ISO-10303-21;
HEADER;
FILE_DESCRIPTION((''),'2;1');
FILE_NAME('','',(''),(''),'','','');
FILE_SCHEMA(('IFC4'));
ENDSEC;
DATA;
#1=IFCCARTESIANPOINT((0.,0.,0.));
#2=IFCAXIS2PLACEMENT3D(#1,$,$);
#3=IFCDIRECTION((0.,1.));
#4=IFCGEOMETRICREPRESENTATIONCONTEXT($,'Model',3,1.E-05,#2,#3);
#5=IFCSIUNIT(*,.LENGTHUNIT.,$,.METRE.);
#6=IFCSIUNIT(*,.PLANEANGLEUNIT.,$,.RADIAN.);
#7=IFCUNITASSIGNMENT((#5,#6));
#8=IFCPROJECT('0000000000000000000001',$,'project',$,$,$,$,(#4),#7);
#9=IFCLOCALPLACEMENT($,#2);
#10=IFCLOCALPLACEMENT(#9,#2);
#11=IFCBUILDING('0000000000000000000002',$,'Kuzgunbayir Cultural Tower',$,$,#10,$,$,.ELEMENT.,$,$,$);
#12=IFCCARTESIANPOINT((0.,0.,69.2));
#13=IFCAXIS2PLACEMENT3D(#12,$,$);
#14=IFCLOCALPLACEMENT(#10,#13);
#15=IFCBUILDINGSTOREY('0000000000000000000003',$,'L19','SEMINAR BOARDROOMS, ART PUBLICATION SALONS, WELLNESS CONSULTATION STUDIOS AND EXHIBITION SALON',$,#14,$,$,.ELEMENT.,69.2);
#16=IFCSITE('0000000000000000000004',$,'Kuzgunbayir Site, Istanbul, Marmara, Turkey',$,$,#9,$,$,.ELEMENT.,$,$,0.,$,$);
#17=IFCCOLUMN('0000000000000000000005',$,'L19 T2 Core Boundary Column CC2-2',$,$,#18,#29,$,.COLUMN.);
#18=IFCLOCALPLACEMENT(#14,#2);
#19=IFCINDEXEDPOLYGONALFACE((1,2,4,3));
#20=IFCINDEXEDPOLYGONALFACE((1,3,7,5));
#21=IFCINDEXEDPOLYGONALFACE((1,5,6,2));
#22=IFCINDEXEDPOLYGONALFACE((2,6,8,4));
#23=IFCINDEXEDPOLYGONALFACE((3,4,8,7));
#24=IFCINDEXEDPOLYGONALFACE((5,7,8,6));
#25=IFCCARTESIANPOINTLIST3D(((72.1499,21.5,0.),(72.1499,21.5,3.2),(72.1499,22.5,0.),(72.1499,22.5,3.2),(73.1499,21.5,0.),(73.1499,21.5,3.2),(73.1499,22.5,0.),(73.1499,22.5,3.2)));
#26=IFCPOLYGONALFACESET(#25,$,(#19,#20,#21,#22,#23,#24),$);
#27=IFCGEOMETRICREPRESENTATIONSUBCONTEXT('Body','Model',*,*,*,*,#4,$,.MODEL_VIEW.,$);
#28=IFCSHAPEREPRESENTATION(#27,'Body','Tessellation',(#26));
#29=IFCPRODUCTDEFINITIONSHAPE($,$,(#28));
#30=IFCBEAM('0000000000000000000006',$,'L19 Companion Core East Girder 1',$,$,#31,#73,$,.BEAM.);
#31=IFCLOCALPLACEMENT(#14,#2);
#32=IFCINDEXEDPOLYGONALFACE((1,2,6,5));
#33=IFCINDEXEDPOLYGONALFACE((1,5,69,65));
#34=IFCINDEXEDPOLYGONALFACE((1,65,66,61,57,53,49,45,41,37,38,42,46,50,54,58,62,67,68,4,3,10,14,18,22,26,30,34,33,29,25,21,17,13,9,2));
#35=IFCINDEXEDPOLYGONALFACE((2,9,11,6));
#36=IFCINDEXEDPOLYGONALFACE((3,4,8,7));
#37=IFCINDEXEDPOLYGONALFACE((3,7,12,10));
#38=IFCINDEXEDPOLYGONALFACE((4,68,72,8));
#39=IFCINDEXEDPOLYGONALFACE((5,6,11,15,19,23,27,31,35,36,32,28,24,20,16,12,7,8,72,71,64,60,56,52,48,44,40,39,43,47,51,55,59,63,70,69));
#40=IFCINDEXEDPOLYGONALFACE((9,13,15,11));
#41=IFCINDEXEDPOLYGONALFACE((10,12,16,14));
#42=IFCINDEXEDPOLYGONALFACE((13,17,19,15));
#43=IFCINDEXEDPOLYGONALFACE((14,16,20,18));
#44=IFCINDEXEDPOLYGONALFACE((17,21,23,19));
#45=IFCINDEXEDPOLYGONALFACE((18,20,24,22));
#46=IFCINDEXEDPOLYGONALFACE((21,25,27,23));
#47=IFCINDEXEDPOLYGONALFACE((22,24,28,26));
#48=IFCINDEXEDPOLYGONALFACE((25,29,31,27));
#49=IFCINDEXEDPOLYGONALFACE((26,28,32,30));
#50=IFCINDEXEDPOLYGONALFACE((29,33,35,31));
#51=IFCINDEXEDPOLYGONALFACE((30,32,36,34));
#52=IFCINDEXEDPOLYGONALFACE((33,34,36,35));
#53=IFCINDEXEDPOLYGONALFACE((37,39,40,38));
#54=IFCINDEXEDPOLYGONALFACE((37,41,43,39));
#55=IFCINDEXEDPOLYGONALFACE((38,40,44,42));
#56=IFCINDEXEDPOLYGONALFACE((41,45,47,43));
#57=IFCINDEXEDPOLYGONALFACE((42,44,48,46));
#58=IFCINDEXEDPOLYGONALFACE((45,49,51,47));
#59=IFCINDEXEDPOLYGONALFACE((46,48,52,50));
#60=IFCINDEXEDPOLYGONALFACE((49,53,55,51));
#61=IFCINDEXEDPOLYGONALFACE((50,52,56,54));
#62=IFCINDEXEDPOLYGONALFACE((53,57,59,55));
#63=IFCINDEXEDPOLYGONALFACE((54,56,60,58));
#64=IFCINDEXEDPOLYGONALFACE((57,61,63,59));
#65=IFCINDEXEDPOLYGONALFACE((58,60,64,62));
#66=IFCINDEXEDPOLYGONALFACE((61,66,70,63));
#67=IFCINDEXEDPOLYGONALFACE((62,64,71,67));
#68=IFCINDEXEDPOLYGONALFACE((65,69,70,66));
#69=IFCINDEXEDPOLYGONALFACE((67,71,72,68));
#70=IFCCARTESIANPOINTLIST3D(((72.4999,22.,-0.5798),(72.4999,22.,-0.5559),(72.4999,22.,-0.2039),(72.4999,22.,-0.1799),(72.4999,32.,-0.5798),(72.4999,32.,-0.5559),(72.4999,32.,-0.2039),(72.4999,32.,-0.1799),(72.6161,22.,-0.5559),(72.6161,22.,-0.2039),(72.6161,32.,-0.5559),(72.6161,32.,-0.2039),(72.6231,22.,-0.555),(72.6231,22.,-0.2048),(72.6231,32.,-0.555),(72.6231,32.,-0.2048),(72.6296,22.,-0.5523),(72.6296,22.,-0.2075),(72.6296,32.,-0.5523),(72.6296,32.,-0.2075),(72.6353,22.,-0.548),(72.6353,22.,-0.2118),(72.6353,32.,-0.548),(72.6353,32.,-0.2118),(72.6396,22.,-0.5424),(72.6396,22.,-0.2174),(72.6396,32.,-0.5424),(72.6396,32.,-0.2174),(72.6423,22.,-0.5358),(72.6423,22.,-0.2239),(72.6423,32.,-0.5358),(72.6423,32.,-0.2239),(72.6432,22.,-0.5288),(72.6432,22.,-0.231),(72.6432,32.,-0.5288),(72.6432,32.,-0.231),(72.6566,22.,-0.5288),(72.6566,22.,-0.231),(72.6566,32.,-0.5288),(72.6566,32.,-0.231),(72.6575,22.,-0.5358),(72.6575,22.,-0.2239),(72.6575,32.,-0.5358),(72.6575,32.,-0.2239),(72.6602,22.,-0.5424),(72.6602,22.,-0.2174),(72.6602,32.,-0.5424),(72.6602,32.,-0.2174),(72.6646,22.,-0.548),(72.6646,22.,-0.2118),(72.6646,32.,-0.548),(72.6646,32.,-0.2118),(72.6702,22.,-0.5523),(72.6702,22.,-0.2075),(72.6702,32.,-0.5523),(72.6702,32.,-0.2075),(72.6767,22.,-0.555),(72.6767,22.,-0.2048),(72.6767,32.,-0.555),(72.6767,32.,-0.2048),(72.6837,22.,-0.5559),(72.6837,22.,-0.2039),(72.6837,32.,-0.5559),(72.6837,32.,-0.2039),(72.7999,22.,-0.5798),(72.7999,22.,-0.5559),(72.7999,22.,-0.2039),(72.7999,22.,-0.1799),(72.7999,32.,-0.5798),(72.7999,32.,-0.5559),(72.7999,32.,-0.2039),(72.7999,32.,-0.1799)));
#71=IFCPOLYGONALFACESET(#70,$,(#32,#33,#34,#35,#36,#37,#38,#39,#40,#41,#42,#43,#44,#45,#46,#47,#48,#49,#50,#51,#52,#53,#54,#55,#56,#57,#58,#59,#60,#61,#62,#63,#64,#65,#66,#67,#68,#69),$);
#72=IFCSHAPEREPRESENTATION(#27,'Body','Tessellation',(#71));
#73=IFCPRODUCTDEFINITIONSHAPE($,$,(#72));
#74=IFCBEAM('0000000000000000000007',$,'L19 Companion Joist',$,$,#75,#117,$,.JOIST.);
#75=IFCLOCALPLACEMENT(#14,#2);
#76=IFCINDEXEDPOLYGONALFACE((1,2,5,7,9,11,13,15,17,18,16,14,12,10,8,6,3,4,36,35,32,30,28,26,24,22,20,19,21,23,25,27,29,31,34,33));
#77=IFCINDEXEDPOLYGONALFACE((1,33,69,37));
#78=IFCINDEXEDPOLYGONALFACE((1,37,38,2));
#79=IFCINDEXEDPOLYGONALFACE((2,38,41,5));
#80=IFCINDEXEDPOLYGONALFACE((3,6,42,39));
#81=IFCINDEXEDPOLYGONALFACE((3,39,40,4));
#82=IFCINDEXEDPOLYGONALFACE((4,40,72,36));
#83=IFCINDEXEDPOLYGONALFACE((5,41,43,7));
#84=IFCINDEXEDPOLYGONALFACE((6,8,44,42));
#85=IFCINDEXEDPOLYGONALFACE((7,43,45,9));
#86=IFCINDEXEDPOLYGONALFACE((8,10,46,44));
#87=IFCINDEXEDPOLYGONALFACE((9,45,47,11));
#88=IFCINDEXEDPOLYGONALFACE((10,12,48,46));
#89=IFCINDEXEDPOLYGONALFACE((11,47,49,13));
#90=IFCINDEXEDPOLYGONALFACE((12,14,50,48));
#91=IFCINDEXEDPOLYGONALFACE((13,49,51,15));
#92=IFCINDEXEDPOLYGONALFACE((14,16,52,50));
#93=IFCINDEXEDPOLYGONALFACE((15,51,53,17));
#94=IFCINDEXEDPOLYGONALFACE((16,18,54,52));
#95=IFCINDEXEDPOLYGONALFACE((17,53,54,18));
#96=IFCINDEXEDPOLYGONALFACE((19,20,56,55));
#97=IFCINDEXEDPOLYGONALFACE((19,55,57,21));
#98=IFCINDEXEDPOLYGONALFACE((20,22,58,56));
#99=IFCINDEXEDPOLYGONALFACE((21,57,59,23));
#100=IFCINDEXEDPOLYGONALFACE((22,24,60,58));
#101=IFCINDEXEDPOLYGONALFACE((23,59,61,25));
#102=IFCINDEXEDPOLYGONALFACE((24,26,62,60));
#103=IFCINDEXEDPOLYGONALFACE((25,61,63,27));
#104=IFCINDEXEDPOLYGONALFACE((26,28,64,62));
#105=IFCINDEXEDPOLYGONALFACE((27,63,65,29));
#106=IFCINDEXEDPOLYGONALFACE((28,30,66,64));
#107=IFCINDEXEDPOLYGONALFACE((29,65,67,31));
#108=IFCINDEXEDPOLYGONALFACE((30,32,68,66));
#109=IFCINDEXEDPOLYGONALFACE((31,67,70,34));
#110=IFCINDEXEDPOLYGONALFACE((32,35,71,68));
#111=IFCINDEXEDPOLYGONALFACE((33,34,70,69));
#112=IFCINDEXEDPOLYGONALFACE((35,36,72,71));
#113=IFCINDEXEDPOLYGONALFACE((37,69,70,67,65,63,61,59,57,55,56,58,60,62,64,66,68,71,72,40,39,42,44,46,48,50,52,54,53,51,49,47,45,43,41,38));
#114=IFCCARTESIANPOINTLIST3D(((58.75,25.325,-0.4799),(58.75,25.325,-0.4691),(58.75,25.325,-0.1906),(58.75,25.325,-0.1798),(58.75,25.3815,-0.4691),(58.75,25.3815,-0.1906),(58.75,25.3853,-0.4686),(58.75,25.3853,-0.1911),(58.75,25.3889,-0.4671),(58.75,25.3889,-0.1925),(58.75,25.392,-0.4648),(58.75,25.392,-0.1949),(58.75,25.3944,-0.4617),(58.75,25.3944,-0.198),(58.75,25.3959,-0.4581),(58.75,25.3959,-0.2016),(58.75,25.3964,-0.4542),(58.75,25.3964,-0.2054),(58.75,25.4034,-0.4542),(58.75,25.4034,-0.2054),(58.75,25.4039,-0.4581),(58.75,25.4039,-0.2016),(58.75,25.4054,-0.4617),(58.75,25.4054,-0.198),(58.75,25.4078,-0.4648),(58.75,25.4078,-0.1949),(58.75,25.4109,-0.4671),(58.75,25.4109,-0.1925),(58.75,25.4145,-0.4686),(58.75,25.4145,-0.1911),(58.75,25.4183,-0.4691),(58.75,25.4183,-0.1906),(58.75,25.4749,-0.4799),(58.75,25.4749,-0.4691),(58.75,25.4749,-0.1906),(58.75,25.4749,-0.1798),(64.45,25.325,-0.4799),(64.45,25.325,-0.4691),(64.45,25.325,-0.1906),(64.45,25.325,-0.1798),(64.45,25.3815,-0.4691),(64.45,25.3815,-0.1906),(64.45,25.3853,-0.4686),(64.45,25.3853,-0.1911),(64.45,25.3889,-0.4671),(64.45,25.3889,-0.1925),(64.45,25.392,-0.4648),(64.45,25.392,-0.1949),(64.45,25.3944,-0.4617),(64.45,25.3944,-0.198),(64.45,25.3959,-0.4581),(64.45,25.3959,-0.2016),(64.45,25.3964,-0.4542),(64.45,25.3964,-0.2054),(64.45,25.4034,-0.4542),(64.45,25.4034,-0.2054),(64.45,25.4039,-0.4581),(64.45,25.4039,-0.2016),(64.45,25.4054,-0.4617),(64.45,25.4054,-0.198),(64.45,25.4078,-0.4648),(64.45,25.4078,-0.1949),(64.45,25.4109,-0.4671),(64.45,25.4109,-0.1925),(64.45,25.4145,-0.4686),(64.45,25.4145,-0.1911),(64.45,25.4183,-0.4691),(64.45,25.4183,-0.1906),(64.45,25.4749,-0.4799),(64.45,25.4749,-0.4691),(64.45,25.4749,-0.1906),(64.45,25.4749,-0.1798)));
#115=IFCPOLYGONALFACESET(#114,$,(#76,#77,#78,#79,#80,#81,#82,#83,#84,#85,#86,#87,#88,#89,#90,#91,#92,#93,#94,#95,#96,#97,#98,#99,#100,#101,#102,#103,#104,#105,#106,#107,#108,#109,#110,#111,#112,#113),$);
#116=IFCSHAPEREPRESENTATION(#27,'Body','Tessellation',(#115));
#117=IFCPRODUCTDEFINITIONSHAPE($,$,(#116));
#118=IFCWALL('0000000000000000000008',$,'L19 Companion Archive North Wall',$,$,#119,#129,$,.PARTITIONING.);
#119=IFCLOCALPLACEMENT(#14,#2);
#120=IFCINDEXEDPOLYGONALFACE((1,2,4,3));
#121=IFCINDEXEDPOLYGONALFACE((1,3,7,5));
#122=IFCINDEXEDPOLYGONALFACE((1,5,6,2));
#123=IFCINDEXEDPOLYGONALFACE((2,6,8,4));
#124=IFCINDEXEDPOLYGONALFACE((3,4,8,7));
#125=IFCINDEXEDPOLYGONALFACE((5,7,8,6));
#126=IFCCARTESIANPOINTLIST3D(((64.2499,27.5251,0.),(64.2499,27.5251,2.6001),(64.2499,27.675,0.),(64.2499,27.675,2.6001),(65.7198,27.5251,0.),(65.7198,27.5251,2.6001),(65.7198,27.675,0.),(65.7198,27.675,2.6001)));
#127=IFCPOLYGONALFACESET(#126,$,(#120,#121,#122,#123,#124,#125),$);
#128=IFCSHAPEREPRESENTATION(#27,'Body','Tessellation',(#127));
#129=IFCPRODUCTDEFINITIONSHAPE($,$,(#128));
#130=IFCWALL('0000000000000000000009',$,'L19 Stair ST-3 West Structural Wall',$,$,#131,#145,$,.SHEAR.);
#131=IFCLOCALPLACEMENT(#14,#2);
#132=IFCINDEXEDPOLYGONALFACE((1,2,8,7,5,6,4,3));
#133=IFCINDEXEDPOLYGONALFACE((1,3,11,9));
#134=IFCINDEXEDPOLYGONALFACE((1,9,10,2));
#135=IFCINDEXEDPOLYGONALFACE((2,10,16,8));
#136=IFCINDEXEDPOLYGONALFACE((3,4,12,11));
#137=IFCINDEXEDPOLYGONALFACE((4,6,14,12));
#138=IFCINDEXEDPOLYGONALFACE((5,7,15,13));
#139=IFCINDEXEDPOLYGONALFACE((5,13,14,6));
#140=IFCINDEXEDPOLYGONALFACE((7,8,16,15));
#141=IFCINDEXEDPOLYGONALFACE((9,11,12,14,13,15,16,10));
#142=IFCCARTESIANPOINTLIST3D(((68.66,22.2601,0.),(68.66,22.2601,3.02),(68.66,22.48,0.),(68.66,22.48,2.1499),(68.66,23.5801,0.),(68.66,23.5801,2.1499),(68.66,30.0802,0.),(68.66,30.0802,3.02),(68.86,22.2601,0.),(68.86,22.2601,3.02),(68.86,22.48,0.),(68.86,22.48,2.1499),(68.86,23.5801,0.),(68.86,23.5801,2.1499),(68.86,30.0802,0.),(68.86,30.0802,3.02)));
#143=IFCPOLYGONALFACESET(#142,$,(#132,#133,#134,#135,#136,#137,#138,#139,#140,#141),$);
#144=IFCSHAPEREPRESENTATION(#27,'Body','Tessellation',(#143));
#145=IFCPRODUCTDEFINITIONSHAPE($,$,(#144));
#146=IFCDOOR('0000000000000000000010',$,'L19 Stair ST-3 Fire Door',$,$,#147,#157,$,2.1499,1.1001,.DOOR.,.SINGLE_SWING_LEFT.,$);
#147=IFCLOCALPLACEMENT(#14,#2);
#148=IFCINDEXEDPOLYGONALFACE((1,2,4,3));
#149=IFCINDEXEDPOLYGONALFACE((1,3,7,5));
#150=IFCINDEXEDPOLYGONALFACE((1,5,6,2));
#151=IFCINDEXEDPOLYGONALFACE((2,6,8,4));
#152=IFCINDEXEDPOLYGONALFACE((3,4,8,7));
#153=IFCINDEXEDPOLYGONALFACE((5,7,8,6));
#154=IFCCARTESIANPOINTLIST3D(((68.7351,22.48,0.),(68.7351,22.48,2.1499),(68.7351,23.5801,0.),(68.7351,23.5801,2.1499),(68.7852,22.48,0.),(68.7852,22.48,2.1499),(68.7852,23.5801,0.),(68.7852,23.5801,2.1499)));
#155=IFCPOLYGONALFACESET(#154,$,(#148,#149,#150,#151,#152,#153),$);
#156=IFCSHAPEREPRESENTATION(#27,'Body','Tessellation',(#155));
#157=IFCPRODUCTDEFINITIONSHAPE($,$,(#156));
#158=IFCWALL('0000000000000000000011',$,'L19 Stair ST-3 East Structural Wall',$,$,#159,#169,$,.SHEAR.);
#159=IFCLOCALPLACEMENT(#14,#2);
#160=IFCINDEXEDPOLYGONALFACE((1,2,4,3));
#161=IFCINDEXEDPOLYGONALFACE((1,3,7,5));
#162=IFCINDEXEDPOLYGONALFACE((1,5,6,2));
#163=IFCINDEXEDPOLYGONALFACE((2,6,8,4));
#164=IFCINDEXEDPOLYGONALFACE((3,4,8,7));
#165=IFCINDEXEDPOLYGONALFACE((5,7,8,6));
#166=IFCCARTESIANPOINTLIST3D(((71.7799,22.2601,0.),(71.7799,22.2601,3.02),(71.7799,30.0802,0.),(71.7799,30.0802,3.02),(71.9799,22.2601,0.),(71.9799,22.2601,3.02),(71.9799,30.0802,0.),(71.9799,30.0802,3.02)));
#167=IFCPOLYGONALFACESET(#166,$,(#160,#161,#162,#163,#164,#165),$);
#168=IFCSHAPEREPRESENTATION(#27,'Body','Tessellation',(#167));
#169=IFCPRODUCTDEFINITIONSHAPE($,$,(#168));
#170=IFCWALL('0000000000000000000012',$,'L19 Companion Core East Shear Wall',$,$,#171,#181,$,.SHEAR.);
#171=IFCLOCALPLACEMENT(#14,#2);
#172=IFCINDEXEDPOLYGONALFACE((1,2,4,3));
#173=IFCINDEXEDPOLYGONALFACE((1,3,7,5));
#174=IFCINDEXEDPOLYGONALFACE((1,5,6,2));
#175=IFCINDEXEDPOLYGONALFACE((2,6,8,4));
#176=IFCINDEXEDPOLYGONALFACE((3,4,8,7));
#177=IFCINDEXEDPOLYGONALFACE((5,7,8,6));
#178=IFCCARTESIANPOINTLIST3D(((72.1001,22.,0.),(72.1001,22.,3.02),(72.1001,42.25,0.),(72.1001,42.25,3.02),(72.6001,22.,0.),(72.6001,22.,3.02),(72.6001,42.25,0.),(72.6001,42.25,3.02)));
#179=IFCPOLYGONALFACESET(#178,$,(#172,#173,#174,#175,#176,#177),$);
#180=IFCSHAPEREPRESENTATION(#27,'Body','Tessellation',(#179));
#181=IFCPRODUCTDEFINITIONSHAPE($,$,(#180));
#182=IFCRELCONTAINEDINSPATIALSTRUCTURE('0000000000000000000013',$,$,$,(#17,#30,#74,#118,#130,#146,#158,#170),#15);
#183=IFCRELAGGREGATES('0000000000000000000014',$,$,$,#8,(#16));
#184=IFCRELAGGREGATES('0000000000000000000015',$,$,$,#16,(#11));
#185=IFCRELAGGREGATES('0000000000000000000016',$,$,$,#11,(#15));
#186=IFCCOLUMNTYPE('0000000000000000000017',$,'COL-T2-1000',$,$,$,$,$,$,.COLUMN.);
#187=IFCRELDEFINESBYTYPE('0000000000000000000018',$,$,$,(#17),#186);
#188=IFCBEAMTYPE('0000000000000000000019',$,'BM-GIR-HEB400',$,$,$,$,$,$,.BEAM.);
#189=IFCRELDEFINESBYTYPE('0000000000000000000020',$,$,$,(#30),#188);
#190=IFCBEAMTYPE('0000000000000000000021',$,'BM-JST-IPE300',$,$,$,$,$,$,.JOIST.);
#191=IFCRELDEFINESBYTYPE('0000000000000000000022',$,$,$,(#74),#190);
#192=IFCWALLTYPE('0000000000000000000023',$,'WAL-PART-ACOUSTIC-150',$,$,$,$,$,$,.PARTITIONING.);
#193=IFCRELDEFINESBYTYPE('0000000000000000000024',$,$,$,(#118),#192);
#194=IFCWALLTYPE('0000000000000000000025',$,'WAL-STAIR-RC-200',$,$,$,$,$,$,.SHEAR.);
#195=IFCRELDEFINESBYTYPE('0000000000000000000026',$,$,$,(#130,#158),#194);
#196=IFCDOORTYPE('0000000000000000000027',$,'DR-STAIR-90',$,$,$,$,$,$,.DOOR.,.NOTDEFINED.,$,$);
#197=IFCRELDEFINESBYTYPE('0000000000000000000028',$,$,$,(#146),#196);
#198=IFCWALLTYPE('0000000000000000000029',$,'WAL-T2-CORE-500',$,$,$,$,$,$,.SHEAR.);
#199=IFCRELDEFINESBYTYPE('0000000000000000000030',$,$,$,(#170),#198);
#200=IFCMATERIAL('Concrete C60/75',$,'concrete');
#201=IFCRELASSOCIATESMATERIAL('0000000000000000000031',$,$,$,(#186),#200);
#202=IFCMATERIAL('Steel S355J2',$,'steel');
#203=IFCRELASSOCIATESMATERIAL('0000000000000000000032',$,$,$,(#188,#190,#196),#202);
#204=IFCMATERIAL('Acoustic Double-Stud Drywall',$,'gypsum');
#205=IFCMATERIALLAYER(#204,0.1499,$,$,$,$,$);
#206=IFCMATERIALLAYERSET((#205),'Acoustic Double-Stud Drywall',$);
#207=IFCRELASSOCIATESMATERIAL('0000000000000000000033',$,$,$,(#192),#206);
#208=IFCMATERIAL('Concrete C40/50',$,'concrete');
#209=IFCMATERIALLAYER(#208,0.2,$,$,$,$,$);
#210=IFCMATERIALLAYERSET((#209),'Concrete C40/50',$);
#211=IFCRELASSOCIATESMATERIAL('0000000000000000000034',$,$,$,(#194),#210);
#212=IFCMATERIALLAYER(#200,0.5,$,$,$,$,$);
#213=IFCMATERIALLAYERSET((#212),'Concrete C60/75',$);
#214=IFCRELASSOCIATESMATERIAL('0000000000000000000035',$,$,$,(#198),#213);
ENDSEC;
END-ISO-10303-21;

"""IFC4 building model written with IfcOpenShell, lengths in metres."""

from ifc_helpers import new_model, si_unit, direction, frame, frame_2d, origin, origin_2d, place, context, subcontext, project, spatial, rectangle, i_section, extrude, material, layer, layer_set, material_profile, profile_set, type_object, element, fill, save


model = new_model("IFC4")

# Units and contexts
model_context = context("Model", 3, precision=1e-05, world=origin(), true_north=direction((0.0, 1.0)))
body_context = subcontext(model_context, "Body", "Model", "MODEL_VIEW")
ifc_project = project(units=[si_unit("LENGTHUNIT", "METRE"), si_unit("PLANEANGLEUNIT", "RADIAN")], contexts=[model_context])

# Site, building, storey
site_placement = place(None, origin())
site = spatial("IfcSite", under=ifc_project, at=site_placement, Name="Kuzgunbayir Site, Istanbul, Marmara, Turkey", CompositionType="ELEMENT", RefElevation=0.0)
building_placement = place(site_placement, origin())
building = spatial("IfcBuilding", under=site, at=building_placement, Name="Kuzgunbayir Cultural Tower", CompositionType="ELEMENT")
storey_placement = place(building_placement, frame((0.0, 0.0, 69.2)))
storey = spatial("IfcBuildingStorey", under=building, at=storey_placement, Name="L19", Description="SEMINAR BOARDROOMS, ART PUBLICATION SALONS, WELLNESS CONSULTATION STUDIOS AND EXHIBITION SALON", CompositionType="ELEMENT", Elevation=69.2)

# Column
ifc_material_1 = material(Name="Concrete C60/75", Category="concrete")
ifc_material_profile_1 = material_profile(ifc_material_1, rectangle(XDim=1.0, YDim=1.0, at=origin_2d()), Name="RC 1000x1000")
ifc_profile_set_1 = profile_set([ifc_material_profile_1], Name="Concrete C60/75")
column_type = type_object("IfcColumnType", Name="COL-T2-1000", PredefinedType="COLUMN", material=ifc_profile_set_1)
column_placement = place(storey_placement, frame((72.6499, 22.0, 0.0), z_axis=(0.0, 0.0, 1.0), x_axis=(1.0, 0.0, 0.0)))
element("IfcColumn", 1, at=column_placement, inside=storey, type_object=column_type, Name="L19 T2 Core Boundary Column CC2-2", PredefinedType="COLUMN", context=body_context, shape_type="SweptSolid", body=[
    extrude(rectangle(XDim=1.0, YDim=1.0, at=origin_2d()), origin(), (0.0, 0.0, 1.0), 3.2),
])

# Beams
ifc_material_2 = material(Name="Steel S355J2", Category="steel")
ifc_material_profile_2 = material_profile(ifc_material_2, i_section(OverallWidth=0.3, OverallDepth=0.3999, WebThickness=0.0134, FlangeThickness=0.0239, FilletRadius=0.0271, at=origin_2d()), Name="HEB 400")
ifc_profile_set_2 = profile_set([ifc_material_profile_2], Name="Steel S355J2")
beam_type_1 = type_object("IfcBeamType", Name="BM-GIR-HEB400", PredefinedType="BEAM", material=ifc_profile_set_2)
beam_1_placement = place(storey_placement, frame((72.6499, 22.0, -0.3799), z_axis=(0.0, 1.0, 0.0), x_axis=(-1.0, 0.0, 0.0)))
element("IfcBeam", 2, at=beam_1_placement, inside=storey, type_object=beam_type_1, Name="L19 Companion Core East Girder 1", PredefinedType="BEAM", context=body_context, shape_type="SweptSolid", body=[
    extrude(i_section(OverallWidth=0.3, OverallDepth=0.3999, WebThickness=0.0134, FlangeThickness=0.0239, FilletRadius=0.0271, at=origin_2d()), origin(), (0.0, 0.0, 1.0), 10.0),
])
ifc_material_profile_3 = material_profile(ifc_material_2, i_section(OverallWidth=0.1499, OverallDepth=0.3, WebThickness=0.0071, FlangeThickness=0.0107, FilletRadius=0.0149, at=origin_2d()), Name="IPE 300")
ifc_profile_set_3 = profile_set([ifc_material_profile_3], Name="Steel S355J2")
beam_type_2 = type_object("IfcBeamType", Name="BM-JST-IPE300", PredefinedType="JOIST", material=ifc_profile_set_3)
beam_2_placement = place(storey_placement, frame((58.75, 25.3999, -0.3298), z_axis=(1.0, 0.0, 0.0), x_axis=(0.0, 1.0, 0.0)))
element("IfcBeam", 3, at=beam_2_placement, inside=storey, type_object=beam_type_2, Name="L19 Companion Joist", PredefinedType="JOIST", context=body_context, shape_type="SweptSolid", body=[
    extrude(i_section(OverallWidth=0.1499, OverallDepth=0.3, WebThickness=0.0071, FlangeThickness=0.0107, FilletRadius=0.0149, at=origin_2d()), origin(), (0.0, 0.0, 1.0), 5.7),
])

# Wall
ifc_material_3 = material(Name="Acoustic Double-Stud Drywall", Category="gypsum")
ifc_layer_1 = layer(ifc_material_3, 0.1499)
ifc_layer_set_1 = layer_set([ifc_layer_1], Name="Acoustic Double-Stud Drywall")
wall_type_1 = type_object("IfcWallType", Name="WAL-PART-ACOUSTIC-150", PredefinedType="PARTITIONING", material=ifc_layer_set_1)
wall_1_placement = place(storey_placement, frame((64.25, 27.6001, 0.0), z_axis=(0.0, 0.0, 1.0), x_axis=(1.0, 0.0, 0.0)))
element("IfcWall", 4, at=wall_1_placement, inside=storey, type_object=wall_type_1, Name="L19 Companion Archive North Wall", PredefinedType="PARTITIONING", context=body_context, shape_type="SweptSolid", body=[
    extrude(rectangle(XDim=1.47, YDim=0.1499, at=frame_2d((0.7349, 0.0))), origin(), (0.0, 0.0, 1.0), 2.6001),
])

# Wall, opening, door
ifc_material_4 = material(Name="Concrete C40/50", Category="concrete")
ifc_layer_2 = layer(ifc_material_4, 0.2)
ifc_layer_set_2 = layer_set([ifc_layer_2], Name="Concrete C40/50")
wall_type_2 = type_object("IfcWallType", Name="WAL-STAIR-RC-200", PredefinedType="SHEAR", material=ifc_layer_set_2)
wall_2_placement = place(storey_placement, frame((68.76, 22.26, 0.0), z_axis=(0.0, 0.0, 1.0), x_axis=(0.0, 1.0, 0.0)))
wall_2 = element("IfcWall", 5, at=wall_2_placement, inside=storey, type_object=wall_type_2, Name="L19 Stair ST-3 West Structural Wall", PredefinedType="SHEAR", context=body_context, shape_type="SweptSolid", body=[
    extrude(rectangle(XDim=7.8201, YDim=0.2, at=frame_2d((3.9102, 0.0))), origin(), (0.0, 0.0, 1.0), 3.02),
])
opening_1_placement = place(wall_2_placement, frame((0.22, 0.0, 0.0)))
opening_1 = element("IfcOpeningElement", 6, at=opening_1_placement, cuts=wall_2, PredefinedType="OPENING", context=body_context, shape_type="SweptSolid", body=[
    extrude(rectangle(XDim=1.1001, YDim=2.1499, at=frame_2d((0.55, 1.075))), frame((0.0, 0.1099, 0.0), z_axis=(0.0, -1.0, 0.0), x_axis=(1.0, 0.0, 0.0)), (0.0, 0.0, 1.0), 0.22),
])
door_type_1 = type_object("IfcDoorType", Name="DR-STAIR-90", OperationType="NOTDEFINED", PredefinedType="DOOR", material=ifc_material_2)
door_1_placement = place(opening_1_placement, origin())
door_1 = element("IfcDoor", 7, at=door_1_placement, inside=storey, type_object=door_type_1, Name="L19 Stair ST-3 Fire Door", OperationType="SINGLE_SWING_LEFT", OverallHeight=2.1499, OverallWidth=1.1001, PredefinedType="DOOR", context=body_context, shape_type="SweptSolid", body=[
    extrude(rectangle(XDim=1.1001, YDim=2.1499, at=frame_2d((0.55, 1.075))), frame((0.0, 0.0249, 0.0), z_axis=(0.0, -1.0, 0.0), x_axis=(1.0, 0.0, 0.0)), (0.0, 0.0, 1.0), 0.05),
])
fill(opening_1, door_1)

# Walls
wall_3_placement = place(storey_placement, frame((71.8799, 22.26, 0.0), z_axis=(0.0, 0.0, 1.0), x_axis=(0.0, 1.0, 0.0)))
element("IfcWall", 8, at=wall_3_placement, inside=storey, type_object=wall_type_2, Name="L19 Stair ST-3 East Structural Wall", PredefinedType="SHEAR", context=body_context, shape_type="SweptSolid", body=[
    extrude(rectangle(XDim=7.8201, YDim=0.2, at=frame_2d((3.9102, 0.0))), origin(), (0.0, 0.0, 1.0), 3.02),
])
ifc_layer_3 = layer(ifc_material_1, 0.5)
ifc_layer_set_3 = layer_set([ifc_layer_3], Name="Concrete C60/75")
wall_type_3 = type_object("IfcWallType", Name="WAL-T2-CORE-500", PredefinedType="SHEAR", material=ifc_layer_set_3)
wall_4_placement = place(storey_placement, frame((72.3501, 22.0, 0.0), z_axis=(0.0, 0.0, 1.0), x_axis=(0.0, 1.0, 0.0)))
element("IfcWall", 9, at=wall_4_placement, inside=storey, type_object=wall_type_3, Name="L19 Companion Core East Shear Wall", PredefinedType="SHEAR", context=body_context, shape_type="SweptSolid", body=[
    extrude(rectangle(XDim=20.25, YDim=0.5, at=frame_2d((10.125, 0.0))), origin(), (0.0, 0.0, 1.0), 3.02),
])

save(model, "model.ifc")
